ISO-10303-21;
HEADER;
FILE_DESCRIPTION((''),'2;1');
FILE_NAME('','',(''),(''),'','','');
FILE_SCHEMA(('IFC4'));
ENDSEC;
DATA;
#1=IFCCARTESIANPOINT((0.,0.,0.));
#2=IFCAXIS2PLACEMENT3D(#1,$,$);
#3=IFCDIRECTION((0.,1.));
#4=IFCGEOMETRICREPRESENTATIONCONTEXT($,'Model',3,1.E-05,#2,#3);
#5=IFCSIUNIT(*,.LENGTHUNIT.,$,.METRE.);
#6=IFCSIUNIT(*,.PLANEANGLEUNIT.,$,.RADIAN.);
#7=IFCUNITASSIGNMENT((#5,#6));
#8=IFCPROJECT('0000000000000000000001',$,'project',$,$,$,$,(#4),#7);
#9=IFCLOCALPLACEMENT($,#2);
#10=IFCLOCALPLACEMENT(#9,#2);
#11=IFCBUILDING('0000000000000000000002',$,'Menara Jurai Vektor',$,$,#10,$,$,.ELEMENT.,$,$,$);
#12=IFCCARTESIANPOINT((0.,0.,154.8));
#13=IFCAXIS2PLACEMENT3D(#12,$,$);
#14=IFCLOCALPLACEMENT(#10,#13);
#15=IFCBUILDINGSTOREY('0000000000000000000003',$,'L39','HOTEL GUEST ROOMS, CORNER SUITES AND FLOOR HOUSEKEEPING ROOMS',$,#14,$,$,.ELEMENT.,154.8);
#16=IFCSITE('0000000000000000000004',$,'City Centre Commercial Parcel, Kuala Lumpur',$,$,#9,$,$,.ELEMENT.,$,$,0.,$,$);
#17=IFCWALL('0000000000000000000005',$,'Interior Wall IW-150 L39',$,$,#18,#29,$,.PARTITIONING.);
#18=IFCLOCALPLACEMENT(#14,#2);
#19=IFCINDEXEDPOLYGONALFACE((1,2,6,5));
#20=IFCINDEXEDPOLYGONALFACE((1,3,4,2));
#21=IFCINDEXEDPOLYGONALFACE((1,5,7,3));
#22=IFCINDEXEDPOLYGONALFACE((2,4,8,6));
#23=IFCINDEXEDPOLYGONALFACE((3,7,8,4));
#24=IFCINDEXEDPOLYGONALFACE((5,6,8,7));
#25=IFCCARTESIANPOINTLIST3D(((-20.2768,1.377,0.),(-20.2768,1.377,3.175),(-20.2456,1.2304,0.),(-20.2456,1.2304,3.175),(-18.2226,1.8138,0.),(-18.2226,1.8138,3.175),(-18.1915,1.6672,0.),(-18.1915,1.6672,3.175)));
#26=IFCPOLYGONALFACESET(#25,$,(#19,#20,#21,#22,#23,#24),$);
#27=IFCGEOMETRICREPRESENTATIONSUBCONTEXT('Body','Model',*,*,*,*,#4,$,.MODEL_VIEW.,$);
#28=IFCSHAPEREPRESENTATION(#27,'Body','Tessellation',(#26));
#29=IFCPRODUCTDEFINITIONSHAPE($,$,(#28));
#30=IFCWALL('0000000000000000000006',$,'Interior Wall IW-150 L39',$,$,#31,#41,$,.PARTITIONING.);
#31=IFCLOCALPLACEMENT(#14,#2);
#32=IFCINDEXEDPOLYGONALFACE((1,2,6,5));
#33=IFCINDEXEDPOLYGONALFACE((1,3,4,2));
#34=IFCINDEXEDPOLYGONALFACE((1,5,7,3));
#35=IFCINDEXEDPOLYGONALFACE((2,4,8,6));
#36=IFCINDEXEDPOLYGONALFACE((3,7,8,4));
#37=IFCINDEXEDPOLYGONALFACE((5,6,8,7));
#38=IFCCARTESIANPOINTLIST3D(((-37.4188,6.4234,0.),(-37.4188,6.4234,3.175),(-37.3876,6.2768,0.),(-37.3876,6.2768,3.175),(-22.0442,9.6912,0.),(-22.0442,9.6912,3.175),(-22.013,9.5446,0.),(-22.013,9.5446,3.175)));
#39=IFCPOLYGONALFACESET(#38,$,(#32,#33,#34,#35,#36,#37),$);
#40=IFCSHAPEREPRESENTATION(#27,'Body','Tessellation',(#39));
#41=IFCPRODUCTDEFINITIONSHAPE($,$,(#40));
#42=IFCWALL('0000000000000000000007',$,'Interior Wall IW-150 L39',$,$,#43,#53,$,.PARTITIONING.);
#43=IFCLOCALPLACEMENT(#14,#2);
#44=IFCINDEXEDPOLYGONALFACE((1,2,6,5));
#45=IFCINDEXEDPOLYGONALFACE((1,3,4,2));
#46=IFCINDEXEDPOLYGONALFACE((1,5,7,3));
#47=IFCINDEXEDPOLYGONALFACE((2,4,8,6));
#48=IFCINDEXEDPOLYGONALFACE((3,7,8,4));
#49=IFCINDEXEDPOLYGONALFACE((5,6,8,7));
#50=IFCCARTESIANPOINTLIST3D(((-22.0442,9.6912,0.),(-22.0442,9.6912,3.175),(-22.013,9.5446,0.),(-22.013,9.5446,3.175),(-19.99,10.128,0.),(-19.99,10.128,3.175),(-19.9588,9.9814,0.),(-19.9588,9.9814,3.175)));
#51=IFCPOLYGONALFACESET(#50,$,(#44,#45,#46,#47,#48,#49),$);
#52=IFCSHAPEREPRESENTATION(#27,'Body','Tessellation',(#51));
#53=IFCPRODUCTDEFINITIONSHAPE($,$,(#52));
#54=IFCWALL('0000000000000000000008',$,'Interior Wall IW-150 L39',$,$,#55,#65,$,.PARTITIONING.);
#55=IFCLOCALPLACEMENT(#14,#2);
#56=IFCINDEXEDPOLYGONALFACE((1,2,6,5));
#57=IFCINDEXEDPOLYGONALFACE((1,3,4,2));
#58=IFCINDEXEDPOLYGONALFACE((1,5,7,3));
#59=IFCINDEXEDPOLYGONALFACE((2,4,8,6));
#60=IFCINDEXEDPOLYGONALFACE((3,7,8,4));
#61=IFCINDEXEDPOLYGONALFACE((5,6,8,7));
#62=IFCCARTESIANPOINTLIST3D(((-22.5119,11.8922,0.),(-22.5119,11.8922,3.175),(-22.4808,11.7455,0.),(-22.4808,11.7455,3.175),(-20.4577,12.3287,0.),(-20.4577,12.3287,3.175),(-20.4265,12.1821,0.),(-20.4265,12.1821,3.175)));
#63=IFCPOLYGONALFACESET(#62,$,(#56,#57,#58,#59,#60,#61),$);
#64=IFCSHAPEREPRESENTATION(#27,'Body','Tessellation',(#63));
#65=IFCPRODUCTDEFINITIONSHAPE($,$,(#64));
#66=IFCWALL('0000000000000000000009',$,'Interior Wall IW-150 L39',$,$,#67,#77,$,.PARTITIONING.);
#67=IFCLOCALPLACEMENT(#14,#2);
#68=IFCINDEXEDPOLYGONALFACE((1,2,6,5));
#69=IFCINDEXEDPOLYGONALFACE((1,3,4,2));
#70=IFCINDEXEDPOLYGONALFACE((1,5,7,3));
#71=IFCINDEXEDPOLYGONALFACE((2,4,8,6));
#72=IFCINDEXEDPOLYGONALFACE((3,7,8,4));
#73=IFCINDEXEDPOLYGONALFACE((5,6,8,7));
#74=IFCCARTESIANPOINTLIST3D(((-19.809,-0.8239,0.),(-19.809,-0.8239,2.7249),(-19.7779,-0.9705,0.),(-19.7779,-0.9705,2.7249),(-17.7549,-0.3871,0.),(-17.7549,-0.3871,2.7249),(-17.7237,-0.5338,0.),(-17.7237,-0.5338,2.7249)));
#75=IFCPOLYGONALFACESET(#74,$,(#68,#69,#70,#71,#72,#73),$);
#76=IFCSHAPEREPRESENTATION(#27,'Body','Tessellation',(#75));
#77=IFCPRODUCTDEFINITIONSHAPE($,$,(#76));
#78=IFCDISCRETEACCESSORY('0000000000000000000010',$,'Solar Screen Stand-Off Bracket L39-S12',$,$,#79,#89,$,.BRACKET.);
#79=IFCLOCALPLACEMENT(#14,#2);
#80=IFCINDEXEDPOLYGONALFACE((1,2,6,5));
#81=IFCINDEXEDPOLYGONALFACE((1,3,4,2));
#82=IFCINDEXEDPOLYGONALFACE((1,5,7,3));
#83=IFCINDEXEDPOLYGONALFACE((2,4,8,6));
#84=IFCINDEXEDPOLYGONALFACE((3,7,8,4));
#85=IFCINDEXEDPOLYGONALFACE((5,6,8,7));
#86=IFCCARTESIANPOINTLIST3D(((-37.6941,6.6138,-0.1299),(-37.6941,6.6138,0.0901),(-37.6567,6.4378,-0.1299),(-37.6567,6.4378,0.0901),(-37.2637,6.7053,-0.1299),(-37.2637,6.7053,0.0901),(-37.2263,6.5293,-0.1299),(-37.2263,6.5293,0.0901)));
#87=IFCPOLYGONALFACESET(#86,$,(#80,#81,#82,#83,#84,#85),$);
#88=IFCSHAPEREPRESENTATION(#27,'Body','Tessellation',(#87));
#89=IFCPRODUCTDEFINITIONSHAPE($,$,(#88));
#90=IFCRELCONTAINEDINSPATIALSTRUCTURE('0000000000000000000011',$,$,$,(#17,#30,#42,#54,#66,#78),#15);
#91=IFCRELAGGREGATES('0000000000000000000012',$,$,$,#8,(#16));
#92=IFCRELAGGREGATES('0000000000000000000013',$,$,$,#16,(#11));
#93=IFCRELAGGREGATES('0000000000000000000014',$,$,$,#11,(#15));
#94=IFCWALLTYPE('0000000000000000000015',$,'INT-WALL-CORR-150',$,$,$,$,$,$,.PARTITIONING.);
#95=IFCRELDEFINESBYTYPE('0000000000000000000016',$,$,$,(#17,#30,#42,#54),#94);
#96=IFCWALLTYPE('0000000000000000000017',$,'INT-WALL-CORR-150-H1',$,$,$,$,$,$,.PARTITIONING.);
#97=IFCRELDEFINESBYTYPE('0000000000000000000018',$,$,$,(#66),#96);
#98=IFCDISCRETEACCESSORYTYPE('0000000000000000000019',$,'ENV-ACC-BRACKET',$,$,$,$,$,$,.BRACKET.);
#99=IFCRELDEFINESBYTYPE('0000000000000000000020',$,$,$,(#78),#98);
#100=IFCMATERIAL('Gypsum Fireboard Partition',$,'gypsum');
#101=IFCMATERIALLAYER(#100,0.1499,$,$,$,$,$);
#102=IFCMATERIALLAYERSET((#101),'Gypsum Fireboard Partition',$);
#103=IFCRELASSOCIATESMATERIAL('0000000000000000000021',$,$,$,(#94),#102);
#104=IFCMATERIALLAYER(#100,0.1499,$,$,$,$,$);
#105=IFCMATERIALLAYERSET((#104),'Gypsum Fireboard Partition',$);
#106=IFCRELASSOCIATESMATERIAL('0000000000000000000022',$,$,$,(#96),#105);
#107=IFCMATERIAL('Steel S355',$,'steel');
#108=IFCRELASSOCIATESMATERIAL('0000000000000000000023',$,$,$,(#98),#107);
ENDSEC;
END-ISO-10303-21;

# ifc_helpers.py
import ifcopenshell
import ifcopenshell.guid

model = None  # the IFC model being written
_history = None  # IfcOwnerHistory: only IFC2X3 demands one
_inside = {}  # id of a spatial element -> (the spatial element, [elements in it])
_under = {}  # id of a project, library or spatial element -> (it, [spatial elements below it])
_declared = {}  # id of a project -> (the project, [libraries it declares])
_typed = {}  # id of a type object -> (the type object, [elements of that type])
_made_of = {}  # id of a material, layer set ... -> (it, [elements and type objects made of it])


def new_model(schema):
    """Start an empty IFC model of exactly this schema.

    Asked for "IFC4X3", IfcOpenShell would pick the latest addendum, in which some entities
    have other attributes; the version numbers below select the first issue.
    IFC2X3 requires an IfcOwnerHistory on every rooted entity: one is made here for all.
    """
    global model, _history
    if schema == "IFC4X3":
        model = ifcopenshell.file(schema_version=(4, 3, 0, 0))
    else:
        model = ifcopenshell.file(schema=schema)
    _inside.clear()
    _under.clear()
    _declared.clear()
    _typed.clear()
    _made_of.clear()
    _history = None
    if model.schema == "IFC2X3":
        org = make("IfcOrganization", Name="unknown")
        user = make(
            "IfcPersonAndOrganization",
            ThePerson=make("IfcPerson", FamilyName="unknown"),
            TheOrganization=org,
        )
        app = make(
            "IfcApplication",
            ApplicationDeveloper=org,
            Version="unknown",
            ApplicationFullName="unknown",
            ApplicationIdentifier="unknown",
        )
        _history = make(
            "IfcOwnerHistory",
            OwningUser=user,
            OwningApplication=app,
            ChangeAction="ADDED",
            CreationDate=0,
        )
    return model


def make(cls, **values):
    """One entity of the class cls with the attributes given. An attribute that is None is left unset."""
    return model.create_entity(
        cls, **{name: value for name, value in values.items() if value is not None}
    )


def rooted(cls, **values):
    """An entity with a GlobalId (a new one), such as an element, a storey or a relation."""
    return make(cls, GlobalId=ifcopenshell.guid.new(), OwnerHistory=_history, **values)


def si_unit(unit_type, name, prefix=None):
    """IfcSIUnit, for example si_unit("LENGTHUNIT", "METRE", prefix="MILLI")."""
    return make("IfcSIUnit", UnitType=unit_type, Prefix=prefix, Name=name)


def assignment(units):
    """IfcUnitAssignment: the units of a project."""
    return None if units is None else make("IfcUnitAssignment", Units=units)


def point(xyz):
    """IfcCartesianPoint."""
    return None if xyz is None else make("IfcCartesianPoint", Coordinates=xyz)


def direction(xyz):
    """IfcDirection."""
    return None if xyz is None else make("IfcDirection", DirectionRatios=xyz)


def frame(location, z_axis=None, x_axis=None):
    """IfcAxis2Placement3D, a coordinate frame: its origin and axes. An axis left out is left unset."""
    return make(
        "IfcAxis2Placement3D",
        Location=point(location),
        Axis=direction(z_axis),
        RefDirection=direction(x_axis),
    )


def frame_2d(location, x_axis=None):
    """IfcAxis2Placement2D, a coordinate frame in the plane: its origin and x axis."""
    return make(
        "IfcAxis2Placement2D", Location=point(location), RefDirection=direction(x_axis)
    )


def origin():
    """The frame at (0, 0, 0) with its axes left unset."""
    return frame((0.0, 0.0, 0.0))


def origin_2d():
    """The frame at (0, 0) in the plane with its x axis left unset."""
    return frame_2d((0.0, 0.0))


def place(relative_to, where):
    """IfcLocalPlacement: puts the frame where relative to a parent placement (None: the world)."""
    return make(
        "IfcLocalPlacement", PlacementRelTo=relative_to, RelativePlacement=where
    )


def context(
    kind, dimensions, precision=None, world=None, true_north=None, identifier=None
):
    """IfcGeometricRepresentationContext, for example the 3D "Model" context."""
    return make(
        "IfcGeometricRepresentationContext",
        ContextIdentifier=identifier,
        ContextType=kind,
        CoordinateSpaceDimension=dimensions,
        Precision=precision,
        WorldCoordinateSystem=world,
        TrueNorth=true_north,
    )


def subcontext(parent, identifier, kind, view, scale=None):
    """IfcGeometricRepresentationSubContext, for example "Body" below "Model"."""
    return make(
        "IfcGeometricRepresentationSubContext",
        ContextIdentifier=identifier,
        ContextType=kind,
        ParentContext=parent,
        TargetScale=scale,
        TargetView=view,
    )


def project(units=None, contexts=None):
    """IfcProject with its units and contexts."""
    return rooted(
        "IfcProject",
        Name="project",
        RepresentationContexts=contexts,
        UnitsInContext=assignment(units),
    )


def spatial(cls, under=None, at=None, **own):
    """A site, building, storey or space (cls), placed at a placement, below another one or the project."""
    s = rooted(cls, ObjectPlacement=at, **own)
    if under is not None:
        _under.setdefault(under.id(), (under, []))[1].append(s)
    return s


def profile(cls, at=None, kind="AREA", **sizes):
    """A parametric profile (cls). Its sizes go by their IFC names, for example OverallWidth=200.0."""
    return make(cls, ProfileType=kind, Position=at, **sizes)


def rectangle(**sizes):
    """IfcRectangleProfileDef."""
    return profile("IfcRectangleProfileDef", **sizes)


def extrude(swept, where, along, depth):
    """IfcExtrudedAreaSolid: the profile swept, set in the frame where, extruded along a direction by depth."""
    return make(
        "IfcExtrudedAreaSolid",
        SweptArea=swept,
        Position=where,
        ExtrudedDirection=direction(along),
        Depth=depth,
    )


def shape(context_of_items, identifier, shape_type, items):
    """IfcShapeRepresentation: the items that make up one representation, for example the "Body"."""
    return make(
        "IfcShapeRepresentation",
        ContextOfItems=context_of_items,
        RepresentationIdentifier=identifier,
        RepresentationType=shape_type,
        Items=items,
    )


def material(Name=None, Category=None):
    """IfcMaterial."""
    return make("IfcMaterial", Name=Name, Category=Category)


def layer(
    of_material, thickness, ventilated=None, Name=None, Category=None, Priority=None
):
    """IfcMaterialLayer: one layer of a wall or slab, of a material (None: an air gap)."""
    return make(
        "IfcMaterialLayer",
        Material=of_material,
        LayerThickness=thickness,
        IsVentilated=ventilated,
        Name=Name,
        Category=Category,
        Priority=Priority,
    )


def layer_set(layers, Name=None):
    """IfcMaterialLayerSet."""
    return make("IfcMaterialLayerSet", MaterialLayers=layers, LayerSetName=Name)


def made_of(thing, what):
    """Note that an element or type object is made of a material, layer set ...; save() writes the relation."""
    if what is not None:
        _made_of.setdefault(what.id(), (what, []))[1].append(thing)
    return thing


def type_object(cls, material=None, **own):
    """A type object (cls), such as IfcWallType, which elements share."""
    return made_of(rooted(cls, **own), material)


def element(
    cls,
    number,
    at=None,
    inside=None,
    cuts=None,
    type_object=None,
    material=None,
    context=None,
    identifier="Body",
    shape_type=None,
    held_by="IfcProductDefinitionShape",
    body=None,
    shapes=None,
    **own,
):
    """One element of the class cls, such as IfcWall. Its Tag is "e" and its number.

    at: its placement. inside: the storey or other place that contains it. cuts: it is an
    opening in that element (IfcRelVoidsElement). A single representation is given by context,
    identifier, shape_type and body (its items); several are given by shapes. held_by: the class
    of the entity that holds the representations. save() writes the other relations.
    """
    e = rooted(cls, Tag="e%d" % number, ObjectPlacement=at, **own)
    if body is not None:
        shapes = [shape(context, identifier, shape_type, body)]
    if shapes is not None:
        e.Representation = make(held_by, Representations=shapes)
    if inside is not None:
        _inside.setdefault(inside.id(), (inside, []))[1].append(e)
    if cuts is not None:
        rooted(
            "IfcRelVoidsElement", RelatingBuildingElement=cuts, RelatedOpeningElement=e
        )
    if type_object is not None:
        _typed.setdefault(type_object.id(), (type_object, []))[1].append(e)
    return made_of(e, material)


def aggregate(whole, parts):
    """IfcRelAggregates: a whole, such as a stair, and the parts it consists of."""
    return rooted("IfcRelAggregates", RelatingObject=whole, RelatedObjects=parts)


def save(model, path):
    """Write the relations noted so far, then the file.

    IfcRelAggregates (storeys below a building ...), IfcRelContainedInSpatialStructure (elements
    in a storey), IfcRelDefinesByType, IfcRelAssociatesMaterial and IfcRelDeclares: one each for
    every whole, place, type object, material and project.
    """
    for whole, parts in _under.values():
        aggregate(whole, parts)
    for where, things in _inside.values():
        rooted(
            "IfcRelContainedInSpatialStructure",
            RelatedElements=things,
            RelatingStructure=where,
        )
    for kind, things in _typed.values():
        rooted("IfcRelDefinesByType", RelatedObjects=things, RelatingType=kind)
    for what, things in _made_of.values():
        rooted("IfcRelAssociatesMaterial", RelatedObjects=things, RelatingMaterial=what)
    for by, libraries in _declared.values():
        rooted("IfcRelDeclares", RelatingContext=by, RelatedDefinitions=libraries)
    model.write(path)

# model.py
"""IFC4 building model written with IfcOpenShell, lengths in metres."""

from ifc_helpers import new_model, si_unit, direction, frame, frame_2d, origin, origin_2d, place, context, subcontext, project, spatial, rectangle, extrude, material, layer, layer_set, type_object, element, save


model = new_model("IFC4")

# Units and contexts
model_context = context("Model", 3, precision=1e-05, world=origin(), true_north=direction((0.0, 1.0)))
body_context = subcontext(model_context, "Body", "Model", "MODEL_VIEW")
ifc_project = project(units=[si_unit("LENGTHUNIT", "METRE"), si_unit("PLANEANGLEUNIT", "RADIAN")], contexts=[model_context])

# Site, building, storey
site_placement = place(None, origin())
site = spatial("IfcSite", under=ifc_project, at=site_placement, Name="City Centre Commercial Parcel, Kuala Lumpur", CompositionType="ELEMENT", RefElevation=0.0)
building_placement = place(site_placement, origin())
building = spatial("IfcBuilding", under=site, at=building_placement, Name="Menara Jurai Vektor", CompositionType="ELEMENT")
storey_placement = place(building_placement, frame((0.0, 0.0, 154.8)))
storey = spatial("IfcBuildingStorey", under=building, at=storey_placement, Name="L39", Description="HOTEL GUEST ROOMS, CORNER SUITES AND FLOOR HOUSEKEEPING ROOMS", CompositionType="ELEMENT", Elevation=154.8)

# Shared definitions
ifc_material_1 = material(Name="Steel S355", Category="steel")

# Shared definitions
ifc_material_2 = material(Name="Gypsum Fireboard Partition", Category="gypsum")
ifc_layer_1 = layer(ifc_material_2, 0.1499)
ifc_layer_set_1 = layer_set([ifc_layer_1], Name="Gypsum Fireboard Partition")
wall_type_1 = type_object("IfcWallType", Name="INT-WALL-CORR-150", PredefinedType="PARTITIONING", material=ifc_layer_set_1)

# Walls
wall_1_placement = place(storey_placement, frame((-20.2612, 1.3037, 0.0), z_axis=(0.0, 0.0, 1.0), x_axis=(0.978135, 0.207973, 0.0)))
element("IfcWall", 1, at=wall_1_placement, inside=storey, type_object=wall_type_1, Name="Interior Wall IW-150 L39", PredefinedType="PARTITIONING", context=body_context, shape_type="SweptSolid", body=[
    extrude(rectangle(XDim=2.1001, YDim=0.1499, at=frame_2d((1.05, 0.0))), origin(), (0.0, 0.0, 1.0), 3.175),
])
wall_2_placement = place(storey_placement, frame((-37.4031, 6.3501, 0.0), z_axis=(0.0, 0.0, 1.0), x_axis=(0.978149, 0.207904, 0.0)))
element("IfcWall", 2, at=wall_2_placement, inside=storey, type_object=wall_type_1, Name="Interior Wall IW-150 L39", PredefinedType="PARTITIONING", context=body_context, shape_type="SweptSolid", body=[
    extrude(rectangle(XDim=15.718, YDim=0.1499, at=frame_2d((7.8589, 0.0))), origin(), (0.0, 0.0, 1.0), 3.175),
])
wall_3_placement = place(storey_placement, frame((-22.0286, 9.6179, 0.0), z_axis=(0.0, 0.0, 1.0), x_axis=(0.978135, 0.207973, 0.0)))
element("IfcWall", 3, at=wall_3_placement, inside=storey, type_object=wall_type_1, Name="Interior Wall IW-150 L39", PredefinedType="PARTITIONING", context=body_context, shape_type="SweptSolid", body=[
    extrude(rectangle(XDim=2.1001, YDim=0.1499, at=frame_2d((1.05, 0.0))), origin(), (0.0, 0.0, 1.0), 3.175),
])

# Walls
wall_4_placement = place(storey_placement, frame((-22.4963, 11.8188, 0.0), z_axis=(0.0, 0.0, 1.0), x_axis=(0.978158, 0.207862, 0.0)))
element("IfcWall", 4, at=wall_4_placement, inside=storey, type_object=wall_type_1, Name="Interior Wall IW-150 L39", PredefinedType="PARTITIONING", context=body_context, shape_type="SweptSolid", body=[
    extrude(rectangle(XDim=2.1001, YDim=0.1499, at=frame_2d((1.05, 0.0))), origin(), (0.0, 0.0, 1.0), 3.175),
])
ifc_layer_2 = layer(ifc_material_2, 0.1499)
ifc_layer_set_2 = layer_set([ifc_layer_2], Name="Gypsum Fireboard Partition")
wall_type_2 = type_object("IfcWallType", Name="INT-WALL-CORR-150-H1", PredefinedType="PARTITIONING", material=ifc_layer_set_2)
wall_5_placement = place(storey_placement, frame((-19.7935, -0.8972, 0.0), z_axis=(0.0, 0.0, 1.0), x_axis=(0.978135, 0.207973, 0.0)))
element("IfcWall", 5, at=wall_5_placement, inside=storey, type_object=wall_type_2, Name="Interior Wall IW-150 L39", PredefinedType="PARTITIONING", context=body_context, shape_type="SweptSolid", body=[
    extrude(rectangle(XDim=2.1001, YDim=0.1499, at=frame_2d((1.05, 0.0))), origin(), (0.0, 0.0, 1.0), 2.7249),
])

# Discrete accessory
discrete_accessory_type = type_object("IfcDiscreteAccessoryType", Name="ENV-ACC-BRACKET", PredefinedType="BRACKET", material=ifc_material_1)
discrete_accessory_placement = place(storey_placement, frame((-37.4602, 6.5715, -0.1299), z_axis=(0.0, 0.0, 1.0), x_axis=(0.207912, -0.978148, 0.0)))
element("IfcDiscreteAccessory", 6, at=discrete_accessory_placement, inside=storey, type_object=discrete_accessory_type, Name="Solar Screen Stand-Off Bracket L39-S12", PredefinedType="BRACKET", context=body_context, shape_type="SweptSolid", body=[
    extrude(rectangle(XDim=0.1799, YDim=0.4399, at=origin_2d()), origin(), (0.0, 0.0, 1.0), 0.22),
])

save(model, "model.ifc")
